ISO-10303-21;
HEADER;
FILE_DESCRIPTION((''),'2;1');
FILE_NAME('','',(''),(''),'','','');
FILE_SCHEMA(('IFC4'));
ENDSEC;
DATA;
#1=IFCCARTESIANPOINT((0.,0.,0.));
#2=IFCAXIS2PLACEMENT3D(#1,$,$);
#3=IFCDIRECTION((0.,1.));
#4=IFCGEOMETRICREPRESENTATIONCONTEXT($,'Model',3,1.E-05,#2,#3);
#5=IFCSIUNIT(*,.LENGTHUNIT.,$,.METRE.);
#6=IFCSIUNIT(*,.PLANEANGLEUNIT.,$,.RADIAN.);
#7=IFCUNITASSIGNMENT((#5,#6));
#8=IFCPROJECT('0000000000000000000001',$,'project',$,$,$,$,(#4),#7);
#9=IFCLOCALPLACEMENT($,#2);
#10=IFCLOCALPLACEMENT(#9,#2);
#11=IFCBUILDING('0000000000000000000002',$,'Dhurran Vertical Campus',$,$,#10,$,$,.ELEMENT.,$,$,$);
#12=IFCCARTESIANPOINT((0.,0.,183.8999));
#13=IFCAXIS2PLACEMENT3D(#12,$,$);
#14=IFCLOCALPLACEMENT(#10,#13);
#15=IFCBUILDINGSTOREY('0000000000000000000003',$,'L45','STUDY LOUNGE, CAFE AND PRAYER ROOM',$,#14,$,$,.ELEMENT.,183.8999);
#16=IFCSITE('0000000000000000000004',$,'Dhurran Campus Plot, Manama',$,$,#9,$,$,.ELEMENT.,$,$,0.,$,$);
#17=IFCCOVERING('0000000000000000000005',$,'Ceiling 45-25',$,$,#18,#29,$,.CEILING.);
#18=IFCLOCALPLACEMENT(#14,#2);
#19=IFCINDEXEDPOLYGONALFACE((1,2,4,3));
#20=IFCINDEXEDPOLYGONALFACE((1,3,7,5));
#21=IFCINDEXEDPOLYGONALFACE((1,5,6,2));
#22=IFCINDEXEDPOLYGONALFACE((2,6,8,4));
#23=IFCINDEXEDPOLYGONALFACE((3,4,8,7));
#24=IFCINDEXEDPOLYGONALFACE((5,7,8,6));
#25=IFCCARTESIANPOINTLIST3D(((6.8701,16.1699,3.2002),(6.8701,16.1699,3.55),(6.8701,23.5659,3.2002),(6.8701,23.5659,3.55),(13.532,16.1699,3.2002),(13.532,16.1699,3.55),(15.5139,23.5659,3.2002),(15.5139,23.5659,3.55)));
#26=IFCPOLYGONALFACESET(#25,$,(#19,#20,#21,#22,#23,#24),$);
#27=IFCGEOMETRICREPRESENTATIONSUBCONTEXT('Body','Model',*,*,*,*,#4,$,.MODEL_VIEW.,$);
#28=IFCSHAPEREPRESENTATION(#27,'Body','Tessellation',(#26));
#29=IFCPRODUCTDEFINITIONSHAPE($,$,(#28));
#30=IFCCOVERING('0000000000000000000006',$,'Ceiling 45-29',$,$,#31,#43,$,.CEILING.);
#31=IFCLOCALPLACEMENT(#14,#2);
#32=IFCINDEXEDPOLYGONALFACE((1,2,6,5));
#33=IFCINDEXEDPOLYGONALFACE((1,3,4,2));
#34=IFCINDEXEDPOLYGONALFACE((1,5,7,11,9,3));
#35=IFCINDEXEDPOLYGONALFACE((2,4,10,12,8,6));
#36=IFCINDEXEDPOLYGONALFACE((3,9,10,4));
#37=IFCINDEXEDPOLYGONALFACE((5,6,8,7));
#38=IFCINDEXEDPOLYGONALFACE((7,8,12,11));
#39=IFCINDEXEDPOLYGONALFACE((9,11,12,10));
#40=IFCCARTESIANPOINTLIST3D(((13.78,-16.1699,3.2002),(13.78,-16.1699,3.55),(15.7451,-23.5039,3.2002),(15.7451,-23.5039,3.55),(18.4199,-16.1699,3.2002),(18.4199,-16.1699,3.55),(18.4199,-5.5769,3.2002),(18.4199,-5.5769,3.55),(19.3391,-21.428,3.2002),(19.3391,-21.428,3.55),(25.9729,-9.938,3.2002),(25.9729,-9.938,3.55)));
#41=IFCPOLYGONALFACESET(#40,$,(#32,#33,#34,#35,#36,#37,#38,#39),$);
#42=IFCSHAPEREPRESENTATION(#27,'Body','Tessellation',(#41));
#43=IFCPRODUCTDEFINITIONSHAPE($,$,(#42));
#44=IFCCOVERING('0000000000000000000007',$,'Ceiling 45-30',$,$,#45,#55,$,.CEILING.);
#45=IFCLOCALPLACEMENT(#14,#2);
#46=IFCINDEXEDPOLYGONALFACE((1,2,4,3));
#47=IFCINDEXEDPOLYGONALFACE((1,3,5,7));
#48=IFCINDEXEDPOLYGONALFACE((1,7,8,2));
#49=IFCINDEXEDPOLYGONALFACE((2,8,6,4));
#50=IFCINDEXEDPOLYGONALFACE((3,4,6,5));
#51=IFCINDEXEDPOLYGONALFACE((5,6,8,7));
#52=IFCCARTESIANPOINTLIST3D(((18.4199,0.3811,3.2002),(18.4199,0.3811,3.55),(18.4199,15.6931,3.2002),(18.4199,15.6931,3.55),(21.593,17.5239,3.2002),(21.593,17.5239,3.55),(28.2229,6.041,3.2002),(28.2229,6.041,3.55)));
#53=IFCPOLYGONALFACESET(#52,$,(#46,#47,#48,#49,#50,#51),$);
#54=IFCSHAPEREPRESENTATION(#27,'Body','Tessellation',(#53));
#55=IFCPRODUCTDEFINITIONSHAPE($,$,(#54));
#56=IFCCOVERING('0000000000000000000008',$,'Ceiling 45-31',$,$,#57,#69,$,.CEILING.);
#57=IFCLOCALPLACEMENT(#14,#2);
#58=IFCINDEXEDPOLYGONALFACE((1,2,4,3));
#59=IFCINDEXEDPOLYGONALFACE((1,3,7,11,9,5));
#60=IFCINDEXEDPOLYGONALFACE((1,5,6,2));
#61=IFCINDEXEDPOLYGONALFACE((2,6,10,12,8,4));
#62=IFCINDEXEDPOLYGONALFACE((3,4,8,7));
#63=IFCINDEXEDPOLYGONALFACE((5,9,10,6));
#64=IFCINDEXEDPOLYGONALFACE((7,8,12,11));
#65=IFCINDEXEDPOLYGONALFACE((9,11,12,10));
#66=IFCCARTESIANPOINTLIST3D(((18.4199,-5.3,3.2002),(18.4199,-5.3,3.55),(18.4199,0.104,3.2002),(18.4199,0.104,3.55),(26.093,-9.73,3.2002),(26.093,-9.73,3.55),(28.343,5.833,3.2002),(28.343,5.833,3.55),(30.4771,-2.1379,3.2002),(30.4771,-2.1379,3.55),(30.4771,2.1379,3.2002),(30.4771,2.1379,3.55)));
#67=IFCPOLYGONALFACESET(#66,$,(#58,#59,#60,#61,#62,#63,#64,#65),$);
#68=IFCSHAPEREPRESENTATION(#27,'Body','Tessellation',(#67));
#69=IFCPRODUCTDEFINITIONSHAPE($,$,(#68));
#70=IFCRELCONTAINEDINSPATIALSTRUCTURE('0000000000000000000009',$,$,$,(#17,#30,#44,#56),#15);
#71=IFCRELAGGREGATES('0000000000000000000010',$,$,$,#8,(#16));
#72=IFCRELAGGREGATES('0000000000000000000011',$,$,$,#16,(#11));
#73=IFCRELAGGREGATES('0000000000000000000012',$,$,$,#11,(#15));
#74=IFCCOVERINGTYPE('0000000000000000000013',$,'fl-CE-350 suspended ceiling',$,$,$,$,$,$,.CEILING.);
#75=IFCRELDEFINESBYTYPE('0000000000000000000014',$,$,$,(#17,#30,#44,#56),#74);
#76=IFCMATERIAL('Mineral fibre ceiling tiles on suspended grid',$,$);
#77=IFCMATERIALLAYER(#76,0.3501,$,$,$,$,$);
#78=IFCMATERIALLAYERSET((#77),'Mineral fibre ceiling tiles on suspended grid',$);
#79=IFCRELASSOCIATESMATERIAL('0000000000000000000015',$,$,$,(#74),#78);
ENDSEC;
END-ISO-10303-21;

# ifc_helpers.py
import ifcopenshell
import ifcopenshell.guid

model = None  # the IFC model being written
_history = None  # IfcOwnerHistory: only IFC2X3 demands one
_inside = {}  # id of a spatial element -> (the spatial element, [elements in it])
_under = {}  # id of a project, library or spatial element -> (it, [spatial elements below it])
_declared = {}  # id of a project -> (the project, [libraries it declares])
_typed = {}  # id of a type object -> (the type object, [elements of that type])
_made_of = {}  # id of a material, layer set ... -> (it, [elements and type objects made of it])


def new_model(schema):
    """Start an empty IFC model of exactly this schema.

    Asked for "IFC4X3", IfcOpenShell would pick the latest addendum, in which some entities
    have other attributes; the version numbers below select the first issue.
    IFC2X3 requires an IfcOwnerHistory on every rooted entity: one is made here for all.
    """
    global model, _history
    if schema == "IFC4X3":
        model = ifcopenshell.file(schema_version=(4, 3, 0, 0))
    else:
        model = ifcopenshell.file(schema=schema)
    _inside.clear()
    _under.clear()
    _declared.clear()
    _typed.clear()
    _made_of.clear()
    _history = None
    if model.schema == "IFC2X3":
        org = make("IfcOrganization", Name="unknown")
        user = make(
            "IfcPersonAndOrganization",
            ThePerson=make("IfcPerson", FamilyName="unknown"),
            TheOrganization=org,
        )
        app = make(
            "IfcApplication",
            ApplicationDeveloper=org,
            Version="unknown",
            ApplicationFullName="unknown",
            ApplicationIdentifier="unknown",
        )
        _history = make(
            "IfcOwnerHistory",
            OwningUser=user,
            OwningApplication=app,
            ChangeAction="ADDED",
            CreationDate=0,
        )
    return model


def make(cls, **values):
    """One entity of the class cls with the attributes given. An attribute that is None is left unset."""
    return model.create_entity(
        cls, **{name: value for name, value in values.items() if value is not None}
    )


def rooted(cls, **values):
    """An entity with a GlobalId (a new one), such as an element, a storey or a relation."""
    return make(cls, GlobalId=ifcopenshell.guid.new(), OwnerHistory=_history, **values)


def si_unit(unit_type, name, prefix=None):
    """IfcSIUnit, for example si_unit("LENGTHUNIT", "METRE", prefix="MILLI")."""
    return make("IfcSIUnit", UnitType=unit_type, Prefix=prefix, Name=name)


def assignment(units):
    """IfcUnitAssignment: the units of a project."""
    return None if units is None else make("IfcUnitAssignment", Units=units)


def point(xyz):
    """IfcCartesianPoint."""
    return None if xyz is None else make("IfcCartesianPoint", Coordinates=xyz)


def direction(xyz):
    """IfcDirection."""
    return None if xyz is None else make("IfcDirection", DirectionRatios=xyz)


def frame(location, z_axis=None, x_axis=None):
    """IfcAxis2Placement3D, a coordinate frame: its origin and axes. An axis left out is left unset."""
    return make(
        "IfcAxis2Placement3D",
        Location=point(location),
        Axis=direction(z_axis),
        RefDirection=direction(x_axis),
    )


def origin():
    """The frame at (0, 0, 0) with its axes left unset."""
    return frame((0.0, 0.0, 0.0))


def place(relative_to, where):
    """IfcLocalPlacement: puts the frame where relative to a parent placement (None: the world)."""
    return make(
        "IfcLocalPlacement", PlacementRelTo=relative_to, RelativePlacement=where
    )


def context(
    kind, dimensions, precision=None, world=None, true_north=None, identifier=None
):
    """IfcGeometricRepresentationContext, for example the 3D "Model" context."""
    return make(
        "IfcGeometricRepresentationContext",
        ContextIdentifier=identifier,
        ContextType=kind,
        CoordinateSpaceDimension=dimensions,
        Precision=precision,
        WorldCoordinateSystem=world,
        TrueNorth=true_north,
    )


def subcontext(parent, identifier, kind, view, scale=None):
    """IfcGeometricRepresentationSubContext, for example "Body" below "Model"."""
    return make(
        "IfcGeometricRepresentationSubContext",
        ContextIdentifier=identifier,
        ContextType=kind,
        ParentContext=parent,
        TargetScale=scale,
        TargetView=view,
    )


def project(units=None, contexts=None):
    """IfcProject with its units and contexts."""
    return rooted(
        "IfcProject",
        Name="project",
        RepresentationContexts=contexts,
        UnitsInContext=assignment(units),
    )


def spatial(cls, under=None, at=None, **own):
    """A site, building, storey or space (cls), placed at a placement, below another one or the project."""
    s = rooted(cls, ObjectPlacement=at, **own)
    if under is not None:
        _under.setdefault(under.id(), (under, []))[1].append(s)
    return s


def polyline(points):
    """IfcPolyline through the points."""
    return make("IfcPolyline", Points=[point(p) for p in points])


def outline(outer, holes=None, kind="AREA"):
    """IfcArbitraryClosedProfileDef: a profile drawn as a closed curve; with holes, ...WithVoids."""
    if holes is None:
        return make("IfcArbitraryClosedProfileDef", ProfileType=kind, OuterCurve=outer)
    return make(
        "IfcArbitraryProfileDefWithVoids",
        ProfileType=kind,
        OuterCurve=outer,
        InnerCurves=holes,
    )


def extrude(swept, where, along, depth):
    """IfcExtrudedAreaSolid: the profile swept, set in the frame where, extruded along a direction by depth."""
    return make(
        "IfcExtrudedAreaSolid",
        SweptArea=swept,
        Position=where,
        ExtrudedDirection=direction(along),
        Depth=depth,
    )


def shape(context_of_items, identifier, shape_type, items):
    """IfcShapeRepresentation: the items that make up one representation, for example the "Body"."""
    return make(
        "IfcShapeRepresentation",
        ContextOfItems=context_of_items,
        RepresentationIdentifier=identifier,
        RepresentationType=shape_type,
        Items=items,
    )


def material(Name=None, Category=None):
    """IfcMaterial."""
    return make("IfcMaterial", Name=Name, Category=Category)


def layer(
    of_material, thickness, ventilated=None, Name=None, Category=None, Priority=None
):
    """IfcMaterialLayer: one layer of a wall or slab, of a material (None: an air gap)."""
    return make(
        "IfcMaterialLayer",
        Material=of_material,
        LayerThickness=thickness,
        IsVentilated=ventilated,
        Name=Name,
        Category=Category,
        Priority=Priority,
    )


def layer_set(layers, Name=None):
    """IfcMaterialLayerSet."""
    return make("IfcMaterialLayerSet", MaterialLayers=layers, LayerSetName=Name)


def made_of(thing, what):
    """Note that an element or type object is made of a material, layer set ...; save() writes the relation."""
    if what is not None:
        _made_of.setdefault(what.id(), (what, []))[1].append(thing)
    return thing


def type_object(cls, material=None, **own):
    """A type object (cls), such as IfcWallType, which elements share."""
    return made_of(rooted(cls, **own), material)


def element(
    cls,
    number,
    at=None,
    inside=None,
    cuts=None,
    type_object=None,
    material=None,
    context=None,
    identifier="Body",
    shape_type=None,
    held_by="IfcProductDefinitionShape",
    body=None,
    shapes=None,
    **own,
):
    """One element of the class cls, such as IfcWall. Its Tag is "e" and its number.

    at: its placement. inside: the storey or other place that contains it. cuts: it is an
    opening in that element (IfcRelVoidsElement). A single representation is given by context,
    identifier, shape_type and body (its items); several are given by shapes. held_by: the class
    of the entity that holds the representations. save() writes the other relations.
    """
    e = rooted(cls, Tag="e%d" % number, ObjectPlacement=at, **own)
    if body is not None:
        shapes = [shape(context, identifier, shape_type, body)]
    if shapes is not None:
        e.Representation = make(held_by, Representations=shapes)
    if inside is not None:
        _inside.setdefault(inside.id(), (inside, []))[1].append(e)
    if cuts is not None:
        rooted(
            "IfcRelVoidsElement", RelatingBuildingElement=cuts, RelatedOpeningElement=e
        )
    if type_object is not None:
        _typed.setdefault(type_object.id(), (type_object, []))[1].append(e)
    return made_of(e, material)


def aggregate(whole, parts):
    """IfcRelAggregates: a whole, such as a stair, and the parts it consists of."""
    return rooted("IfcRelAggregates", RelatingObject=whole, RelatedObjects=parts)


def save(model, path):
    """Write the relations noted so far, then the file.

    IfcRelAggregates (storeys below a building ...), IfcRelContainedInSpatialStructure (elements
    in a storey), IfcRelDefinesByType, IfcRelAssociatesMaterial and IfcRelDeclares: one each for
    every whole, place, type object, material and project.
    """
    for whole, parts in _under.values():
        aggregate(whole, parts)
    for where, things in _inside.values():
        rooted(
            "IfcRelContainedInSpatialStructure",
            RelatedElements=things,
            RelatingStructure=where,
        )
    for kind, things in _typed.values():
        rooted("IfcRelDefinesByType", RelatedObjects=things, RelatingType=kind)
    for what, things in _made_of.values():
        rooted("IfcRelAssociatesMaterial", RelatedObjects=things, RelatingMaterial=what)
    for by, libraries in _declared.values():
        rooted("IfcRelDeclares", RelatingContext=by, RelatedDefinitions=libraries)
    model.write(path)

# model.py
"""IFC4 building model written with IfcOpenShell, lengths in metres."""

from ifc_helpers import new_model, si_unit, direction, frame, origin, place, context, subcontext, project, spatial, polyline, outline, extrude, material, layer, layer_set, type_object, element, save


model = new_model("IFC4")

# Units and contexts
model_context = context("Model", 3, precision=1e-05, world=origin(), true_north=direction((0.0, 1.0)))
body_context = subcontext(model_context, "Body", "Model", "MODEL_VIEW")
ifc_project = project(units=[si_unit("LENGTHUNIT", "METRE"), si_unit("PLANEANGLEUNIT", "RADIAN")], contexts=[model_context])

# Site, building, storey
site_placement = place(None, origin())
site = spatial("IfcSite", under=ifc_project, at=site_placement, Name="Dhurran Campus Plot, Manama", CompositionType="ELEMENT", RefElevation=0.0)
building_placement = place(site_placement, origin())
building = spatial("IfcBuilding", under=site, at=building_placement, Name="Dhurran Vertical Campus", CompositionType="ELEMENT")
storey_placement = place(building_placement, frame((0.0, 0.0, 183.8999)))
storey = spatial("IfcBuildingStorey", under=building, at=storey_placement, Name="L45", Description="STUDY LOUNGE, CAFE AND PRAYER ROOM", CompositionType="ELEMENT", Elevation=183.8999)

# Coverings
ifc_material_1 = material(Name="Mineral fibre ceiling tiles on suspended grid")
ifc_layer_1 = layer(ifc_material_1, 0.3501)
ifc_layer_set_1 = layer_set([ifc_layer_1], Name="Mineral fibre ceiling tiles on suspended grid")
covering_type = type_object("IfcCoveringType", Name="fl-CE-350 suspended ceiling", PredefinedType="CEILING", material=ifc_layer_set_1)
covering_1_placement = place(storey_placement, frame((0.0, 0.0, 3.2002)))
element("IfcCovering", 1, at=covering_1_placement, inside=storey, type_object=covering_type, Name="Ceiling 45-25", PredefinedType="CEILING", context=body_context, shape_type="SweptSolid", body=[
    extrude(outline(polyline([(6.8701, 23.5659), (15.5139, 23.5659), (13.532, 16.1699), (6.8701, 16.1699), (6.8701, 23.5659)])), origin(), (0.0, 0.0, 1.0), 0.3499),
])
covering_2_placement = place(storey_placement, frame((0.0, 0.0, 3.2002)))
element("IfcCovering", 2, at=covering_2_placement, inside=storey, type_object=covering_type, Name="Ceiling 45-29", PredefinedType="CEILING", context=body_context, shape_type="SweptSolid", body=[
    extrude(outline(polyline([(25.9729, -9.938), (19.3391, -21.428), (15.7451, -23.5039), (13.78, -16.1699), (18.4199, -16.1699), (18.4199, -5.5769), (25.9729, -9.938)])), origin(), (0.0, 0.0, 1.0), 0.3499),
])
covering_3_placement = place(storey_placement, frame((0.0, 0.0, 3.2002)))
element("IfcCovering", 3, at=covering_3_placement, inside=storey, type_object=covering_type, Name="Ceiling 45-30", PredefinedType="CEILING", context=body_context, shape_type="SweptSolid", body=[
    extrude(outline(polyline([(21.593, 17.5239), (28.2229, 6.041), (18.4199, 0.3811), (18.4199, 15.6931), (21.593, 17.5239)])), origin(), (0.0, 0.0, 1.0), 0.3499),
])
covering_4_placement = place(storey_placement, frame((0.0, 0.0, 3.2002)))
element("IfcCovering", 4, at=covering_4_placement, inside=storey, type_object=covering_type, Name="Ceiling 45-31", PredefinedType="CEILING", context=body_context, shape_type="SweptSolid", body=[
    extrude(outline(polyline([(28.343, 5.833), (30.4771, 2.1379), (30.4771, -2.1379), (26.093, -9.73), (18.4199, -5.3), (18.4199, 0.104), (28.343, 5.833)])), origin(), (0.0, 0.0, 1.0), 0.3499),
])

save(model, "model.ifc")
